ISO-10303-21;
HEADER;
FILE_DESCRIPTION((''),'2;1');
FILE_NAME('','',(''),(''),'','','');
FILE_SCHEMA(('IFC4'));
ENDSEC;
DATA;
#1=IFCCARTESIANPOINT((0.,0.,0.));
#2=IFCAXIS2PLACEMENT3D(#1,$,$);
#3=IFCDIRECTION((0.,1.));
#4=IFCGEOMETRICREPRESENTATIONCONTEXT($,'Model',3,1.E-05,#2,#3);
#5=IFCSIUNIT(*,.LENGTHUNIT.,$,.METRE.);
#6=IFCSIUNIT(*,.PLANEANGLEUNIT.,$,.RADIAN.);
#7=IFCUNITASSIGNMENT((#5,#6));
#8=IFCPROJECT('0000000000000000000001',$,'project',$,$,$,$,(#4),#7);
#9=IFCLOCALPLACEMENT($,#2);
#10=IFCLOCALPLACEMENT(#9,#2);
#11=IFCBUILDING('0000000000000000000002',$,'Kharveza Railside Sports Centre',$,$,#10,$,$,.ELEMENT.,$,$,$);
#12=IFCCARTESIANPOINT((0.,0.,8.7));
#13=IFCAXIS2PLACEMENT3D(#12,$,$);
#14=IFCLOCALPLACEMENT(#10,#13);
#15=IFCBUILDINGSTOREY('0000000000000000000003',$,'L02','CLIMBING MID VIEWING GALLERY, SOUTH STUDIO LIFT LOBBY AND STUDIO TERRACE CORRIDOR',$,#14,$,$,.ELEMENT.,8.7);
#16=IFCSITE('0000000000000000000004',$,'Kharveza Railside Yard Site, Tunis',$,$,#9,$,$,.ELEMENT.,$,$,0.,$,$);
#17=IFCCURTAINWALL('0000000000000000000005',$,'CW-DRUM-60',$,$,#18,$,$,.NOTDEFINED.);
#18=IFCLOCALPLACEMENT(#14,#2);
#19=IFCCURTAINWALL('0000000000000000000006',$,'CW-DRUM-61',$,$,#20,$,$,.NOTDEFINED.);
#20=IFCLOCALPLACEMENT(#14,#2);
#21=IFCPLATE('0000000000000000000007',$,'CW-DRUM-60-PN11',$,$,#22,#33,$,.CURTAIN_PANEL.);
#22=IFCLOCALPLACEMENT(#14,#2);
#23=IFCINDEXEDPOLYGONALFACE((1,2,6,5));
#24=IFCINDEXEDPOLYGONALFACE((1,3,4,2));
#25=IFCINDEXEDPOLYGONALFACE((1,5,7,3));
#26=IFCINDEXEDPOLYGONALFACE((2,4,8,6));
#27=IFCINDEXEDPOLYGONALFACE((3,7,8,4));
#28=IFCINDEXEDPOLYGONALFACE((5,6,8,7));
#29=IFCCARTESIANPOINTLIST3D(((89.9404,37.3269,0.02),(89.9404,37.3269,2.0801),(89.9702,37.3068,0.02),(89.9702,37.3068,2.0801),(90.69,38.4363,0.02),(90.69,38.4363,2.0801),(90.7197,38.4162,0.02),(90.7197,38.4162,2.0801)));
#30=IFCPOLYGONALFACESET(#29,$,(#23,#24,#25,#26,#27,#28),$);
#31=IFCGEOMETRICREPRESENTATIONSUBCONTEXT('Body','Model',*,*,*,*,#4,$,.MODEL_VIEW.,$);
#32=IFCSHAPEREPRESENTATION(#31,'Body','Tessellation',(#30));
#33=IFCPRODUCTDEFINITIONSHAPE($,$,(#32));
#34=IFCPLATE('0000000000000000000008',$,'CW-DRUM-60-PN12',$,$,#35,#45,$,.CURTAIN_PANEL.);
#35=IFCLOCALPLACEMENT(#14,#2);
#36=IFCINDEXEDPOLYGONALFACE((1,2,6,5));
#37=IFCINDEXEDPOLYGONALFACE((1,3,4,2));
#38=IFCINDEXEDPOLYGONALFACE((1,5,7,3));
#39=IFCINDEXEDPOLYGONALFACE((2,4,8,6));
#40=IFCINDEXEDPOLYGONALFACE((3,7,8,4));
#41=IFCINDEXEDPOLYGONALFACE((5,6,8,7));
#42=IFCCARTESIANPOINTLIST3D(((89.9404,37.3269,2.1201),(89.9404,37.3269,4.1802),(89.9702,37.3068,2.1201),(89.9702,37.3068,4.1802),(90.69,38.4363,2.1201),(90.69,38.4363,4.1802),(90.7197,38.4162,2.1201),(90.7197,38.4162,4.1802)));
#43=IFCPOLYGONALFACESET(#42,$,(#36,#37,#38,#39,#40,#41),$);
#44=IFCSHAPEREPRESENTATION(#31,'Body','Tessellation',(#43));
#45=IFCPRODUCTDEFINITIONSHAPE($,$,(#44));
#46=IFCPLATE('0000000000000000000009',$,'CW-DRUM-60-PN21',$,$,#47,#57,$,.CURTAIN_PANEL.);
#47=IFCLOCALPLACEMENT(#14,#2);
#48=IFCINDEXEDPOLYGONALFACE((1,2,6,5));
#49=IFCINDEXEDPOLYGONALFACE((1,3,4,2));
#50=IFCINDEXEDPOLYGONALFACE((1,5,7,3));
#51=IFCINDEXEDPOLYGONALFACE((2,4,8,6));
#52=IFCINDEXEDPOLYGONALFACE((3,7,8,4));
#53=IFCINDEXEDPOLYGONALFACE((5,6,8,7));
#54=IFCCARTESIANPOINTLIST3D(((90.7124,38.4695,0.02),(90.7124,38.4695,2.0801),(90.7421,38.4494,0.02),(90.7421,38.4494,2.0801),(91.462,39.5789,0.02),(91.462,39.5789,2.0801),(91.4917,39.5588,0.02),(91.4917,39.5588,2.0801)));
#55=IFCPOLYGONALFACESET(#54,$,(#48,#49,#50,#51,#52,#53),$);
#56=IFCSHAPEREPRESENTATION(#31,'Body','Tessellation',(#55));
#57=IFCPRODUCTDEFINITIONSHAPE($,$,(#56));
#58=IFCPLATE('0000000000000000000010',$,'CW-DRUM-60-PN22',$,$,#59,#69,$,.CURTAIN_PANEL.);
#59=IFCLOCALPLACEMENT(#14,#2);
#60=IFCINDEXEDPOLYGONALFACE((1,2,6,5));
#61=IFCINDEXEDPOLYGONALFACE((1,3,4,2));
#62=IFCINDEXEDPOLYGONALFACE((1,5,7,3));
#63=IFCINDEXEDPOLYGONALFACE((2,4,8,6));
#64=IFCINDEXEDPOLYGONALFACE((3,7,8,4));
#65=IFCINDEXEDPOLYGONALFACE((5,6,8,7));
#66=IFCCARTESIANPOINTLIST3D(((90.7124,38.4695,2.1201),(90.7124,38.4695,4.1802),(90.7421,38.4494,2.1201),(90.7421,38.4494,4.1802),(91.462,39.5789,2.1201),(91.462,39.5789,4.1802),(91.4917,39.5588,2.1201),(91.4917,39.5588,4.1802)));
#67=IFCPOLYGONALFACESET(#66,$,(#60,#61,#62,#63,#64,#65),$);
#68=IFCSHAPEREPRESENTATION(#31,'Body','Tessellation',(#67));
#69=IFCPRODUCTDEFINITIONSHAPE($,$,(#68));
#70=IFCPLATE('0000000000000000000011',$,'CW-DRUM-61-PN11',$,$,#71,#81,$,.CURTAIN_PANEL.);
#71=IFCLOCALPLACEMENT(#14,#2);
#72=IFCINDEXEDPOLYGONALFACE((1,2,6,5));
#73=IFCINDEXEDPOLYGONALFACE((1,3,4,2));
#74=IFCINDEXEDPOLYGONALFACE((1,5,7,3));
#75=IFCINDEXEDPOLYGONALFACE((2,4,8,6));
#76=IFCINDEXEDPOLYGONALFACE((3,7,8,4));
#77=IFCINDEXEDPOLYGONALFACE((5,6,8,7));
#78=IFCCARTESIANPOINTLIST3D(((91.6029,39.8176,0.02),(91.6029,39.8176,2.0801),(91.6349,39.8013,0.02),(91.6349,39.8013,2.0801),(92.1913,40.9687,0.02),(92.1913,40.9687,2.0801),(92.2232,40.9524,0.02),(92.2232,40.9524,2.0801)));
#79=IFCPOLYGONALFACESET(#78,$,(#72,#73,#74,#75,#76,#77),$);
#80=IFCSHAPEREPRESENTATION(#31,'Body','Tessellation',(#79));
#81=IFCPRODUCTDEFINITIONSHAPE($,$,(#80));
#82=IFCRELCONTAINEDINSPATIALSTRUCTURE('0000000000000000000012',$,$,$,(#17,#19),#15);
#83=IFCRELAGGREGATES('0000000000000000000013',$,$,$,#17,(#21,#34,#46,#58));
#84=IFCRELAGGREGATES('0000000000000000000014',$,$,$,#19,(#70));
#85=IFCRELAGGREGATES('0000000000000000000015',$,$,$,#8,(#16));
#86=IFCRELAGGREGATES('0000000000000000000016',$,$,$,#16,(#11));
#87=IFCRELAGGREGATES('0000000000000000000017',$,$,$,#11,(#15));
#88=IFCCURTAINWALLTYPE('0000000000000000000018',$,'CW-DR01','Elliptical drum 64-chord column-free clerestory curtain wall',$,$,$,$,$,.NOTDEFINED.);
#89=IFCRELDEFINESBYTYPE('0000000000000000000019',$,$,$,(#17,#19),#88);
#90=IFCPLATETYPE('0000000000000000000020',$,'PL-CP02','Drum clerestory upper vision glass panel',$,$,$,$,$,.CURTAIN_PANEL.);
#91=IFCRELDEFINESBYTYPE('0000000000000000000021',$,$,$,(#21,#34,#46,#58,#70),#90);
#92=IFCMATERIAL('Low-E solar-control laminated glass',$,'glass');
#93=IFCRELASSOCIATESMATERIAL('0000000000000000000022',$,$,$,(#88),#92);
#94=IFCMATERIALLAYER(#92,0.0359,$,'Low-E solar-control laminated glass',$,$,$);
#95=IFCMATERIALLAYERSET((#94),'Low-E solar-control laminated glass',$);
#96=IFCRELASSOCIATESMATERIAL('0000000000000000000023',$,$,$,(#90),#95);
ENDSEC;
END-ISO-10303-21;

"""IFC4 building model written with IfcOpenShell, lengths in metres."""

from ifc_helpers import new_model, si_unit, direction, frame, origin, origin_2d, place, context, subcontext, project, spatial, rectangle, extrude, material, layer, layer_set, type_object, element, aggregate, save


model = new_model("IFC4")

# Units and contexts
model_context = context("Model", 3, precision=1e-05, world=origin(), true_north=direction((0.0, 1.0)))
body_context = subcontext(model_context, "Body", "Model", "MODEL_VIEW")
ifc_project = project(units=[si_unit("LENGTHUNIT", "METRE"), si_unit("PLANEANGLEUNIT", "RADIAN")], contexts=[model_context])

# Site, building, storey
site_placement = place(None, origin())
site = spatial("IfcSite", under=ifc_project, at=site_placement, Name="Kharveza Railside Yard Site, Tunis", CompositionType="ELEMENT", RefElevation=0.0)
building_placement = place(site_placement, origin())
building = spatial("IfcBuilding", under=site, at=building_placement, Name="Kharveza Railside Sports Centre", CompositionType="ELEMENT")
storey_placement = place(building_placement, frame((0.0, 0.0, 8.7)))
storey = spatial("IfcBuildingStorey", under=building, at=storey_placement, Name="L02", Description="CLIMBING MID VIEWING GALLERY, SOUTH STUDIO LIFT LOBBY AND STUDIO TERRACE CORRIDOR", CompositionType="ELEMENT", Elevation=8.7)

# Curtain wall
ifc_material_1 = material(Name="Low-E solar-control laminated glass", Category="glass")
curtain_wall_type = type_object("IfcCurtainWallType", Name="CW-DR01", Description="Elliptical drum 64-chord column-free clerestory curtain wall", PredefinedType="NOTDEFINED", material=ifc_material_1)
curtain_wall_1_placement = place(storey_placement, origin())
curtain_wall_1 = element("IfcCurtainWall", 1, at=curtain_wall_1_placement, inside=storey, type_object=curtain_wall_type, Name="CW-DRUM-60", PredefinedType="NOTDEFINED")

# Curtain wall
curtain_wall_2_placement = place(storey_placement, origin())
curtain_wall_2 = element("IfcCurtainWall", 2, at=curtain_wall_2_placement, inside=storey, type_object=curtain_wall_type, Name="CW-DRUM-61", PredefinedType="NOTDEFINED")

# Plates
ifc_layer = layer(ifc_material_1, 0.0359, Name="Low-E solar-control laminated glass")
ifc_layer_set = layer_set([ifc_layer], Name="Low-E solar-control laminated glass")
plate_type = type_object("IfcPlateType", Name="PL-CP02", Description="Drum clerestory upper vision glass panel", PredefinedType="CURTAIN_PANEL", material=ifc_layer_set)
plate_1_placement = place(storey_placement, frame((90.3301, 37.8716, 0.02), z_axis=(0.0, 0.0, 1.0), x_axis=(0.559844, 0.828598, 0.0)))
plate_1 = element("IfcPlate", 3, at=plate_1_placement, type_object=plate_type, Name="CW-DRUM-60-PN11", PredefinedType="CURTAIN_PANEL", context=body_context, shape_type="SweptSolid", body=[
    extrude(rectangle(XDim=1.3389, YDim=0.0359, at=origin_2d()), origin(), (0.0, 0.0, 1.0), 2.0601),
])
plate_2_placement = place(storey_placement, frame((90.3301, 37.8716, 2.1201), z_axis=(0.0, 0.0, 1.0), x_axis=(0.559844, 0.828598, 0.0)))
plate_2 = element("IfcPlate", 4, at=plate_2_placement, type_object=plate_type, Name="CW-DRUM-60-PN12", PredefinedType="CURTAIN_PANEL", context=body_context, shape_type="SweptSolid", body=[
    extrude(rectangle(XDim=1.3389, YDim=0.0359, at=origin_2d()), origin(), (0.0, 0.0, 1.0), 2.0601),
])
plate_3_placement = place(storey_placement, frame((91.1021, 39.0142, 0.02), z_axis=(0.0, 0.0, 1.0), x_axis=(0.559844, 0.828598, 0.0)))
plate_3 = element("IfcPlate", 5, at=plate_3_placement, type_object=plate_type, Name="CW-DRUM-60-PN21", PredefinedType="CURTAIN_PANEL", context=body_context, shape_type="SweptSolid", body=[
    extrude(rectangle(XDim=1.3389, YDim=0.0359, at=origin_2d()), origin(), (0.0, 0.0, 1.0), 2.0601),
])
plate_4_placement = place(storey_placement, frame((91.1021, 39.0142, 2.1201), z_axis=(0.0, 0.0, 1.0), x_axis=(0.559844, 0.828598, 0.0)))
plate_4 = element("IfcPlate", 6, at=plate_4_placement, type_object=plate_type, Name="CW-DRUM-60-PN22", PredefinedType="CURTAIN_PANEL", context=body_context, shape_type="SweptSolid", body=[
    extrude(rectangle(XDim=1.3389, YDim=0.0359, at=origin_2d()), origin(), (0.0, 0.0, 1.0), 2.0601),
])
aggregate(curtain_wall_1, [plate_1, plate_2, plate_3, plate_4])
plate_5_placement = place(storey_placement, frame((91.9131, 40.385, 0.02), z_axis=(0.0, 0.0, 1.0), x_axis=(0.455141, 0.890419, 0.0)))
plate_5 = element("IfcPlate", 7, at=plate_5_placement, type_object=plate_type, Name="CW-DRUM-61-PN11", PredefinedType="CURTAIN_PANEL", context=body_context, shape_type="SweptSolid", body=[
    extrude(rectangle(XDim=1.2927, YDim=0.0359, at=origin_2d()), origin(), (0.0, 0.0, 1.0), 2.0601),
])
aggregate(curtain_wall_2, [plate_5])

save(model, "model.ifc")
